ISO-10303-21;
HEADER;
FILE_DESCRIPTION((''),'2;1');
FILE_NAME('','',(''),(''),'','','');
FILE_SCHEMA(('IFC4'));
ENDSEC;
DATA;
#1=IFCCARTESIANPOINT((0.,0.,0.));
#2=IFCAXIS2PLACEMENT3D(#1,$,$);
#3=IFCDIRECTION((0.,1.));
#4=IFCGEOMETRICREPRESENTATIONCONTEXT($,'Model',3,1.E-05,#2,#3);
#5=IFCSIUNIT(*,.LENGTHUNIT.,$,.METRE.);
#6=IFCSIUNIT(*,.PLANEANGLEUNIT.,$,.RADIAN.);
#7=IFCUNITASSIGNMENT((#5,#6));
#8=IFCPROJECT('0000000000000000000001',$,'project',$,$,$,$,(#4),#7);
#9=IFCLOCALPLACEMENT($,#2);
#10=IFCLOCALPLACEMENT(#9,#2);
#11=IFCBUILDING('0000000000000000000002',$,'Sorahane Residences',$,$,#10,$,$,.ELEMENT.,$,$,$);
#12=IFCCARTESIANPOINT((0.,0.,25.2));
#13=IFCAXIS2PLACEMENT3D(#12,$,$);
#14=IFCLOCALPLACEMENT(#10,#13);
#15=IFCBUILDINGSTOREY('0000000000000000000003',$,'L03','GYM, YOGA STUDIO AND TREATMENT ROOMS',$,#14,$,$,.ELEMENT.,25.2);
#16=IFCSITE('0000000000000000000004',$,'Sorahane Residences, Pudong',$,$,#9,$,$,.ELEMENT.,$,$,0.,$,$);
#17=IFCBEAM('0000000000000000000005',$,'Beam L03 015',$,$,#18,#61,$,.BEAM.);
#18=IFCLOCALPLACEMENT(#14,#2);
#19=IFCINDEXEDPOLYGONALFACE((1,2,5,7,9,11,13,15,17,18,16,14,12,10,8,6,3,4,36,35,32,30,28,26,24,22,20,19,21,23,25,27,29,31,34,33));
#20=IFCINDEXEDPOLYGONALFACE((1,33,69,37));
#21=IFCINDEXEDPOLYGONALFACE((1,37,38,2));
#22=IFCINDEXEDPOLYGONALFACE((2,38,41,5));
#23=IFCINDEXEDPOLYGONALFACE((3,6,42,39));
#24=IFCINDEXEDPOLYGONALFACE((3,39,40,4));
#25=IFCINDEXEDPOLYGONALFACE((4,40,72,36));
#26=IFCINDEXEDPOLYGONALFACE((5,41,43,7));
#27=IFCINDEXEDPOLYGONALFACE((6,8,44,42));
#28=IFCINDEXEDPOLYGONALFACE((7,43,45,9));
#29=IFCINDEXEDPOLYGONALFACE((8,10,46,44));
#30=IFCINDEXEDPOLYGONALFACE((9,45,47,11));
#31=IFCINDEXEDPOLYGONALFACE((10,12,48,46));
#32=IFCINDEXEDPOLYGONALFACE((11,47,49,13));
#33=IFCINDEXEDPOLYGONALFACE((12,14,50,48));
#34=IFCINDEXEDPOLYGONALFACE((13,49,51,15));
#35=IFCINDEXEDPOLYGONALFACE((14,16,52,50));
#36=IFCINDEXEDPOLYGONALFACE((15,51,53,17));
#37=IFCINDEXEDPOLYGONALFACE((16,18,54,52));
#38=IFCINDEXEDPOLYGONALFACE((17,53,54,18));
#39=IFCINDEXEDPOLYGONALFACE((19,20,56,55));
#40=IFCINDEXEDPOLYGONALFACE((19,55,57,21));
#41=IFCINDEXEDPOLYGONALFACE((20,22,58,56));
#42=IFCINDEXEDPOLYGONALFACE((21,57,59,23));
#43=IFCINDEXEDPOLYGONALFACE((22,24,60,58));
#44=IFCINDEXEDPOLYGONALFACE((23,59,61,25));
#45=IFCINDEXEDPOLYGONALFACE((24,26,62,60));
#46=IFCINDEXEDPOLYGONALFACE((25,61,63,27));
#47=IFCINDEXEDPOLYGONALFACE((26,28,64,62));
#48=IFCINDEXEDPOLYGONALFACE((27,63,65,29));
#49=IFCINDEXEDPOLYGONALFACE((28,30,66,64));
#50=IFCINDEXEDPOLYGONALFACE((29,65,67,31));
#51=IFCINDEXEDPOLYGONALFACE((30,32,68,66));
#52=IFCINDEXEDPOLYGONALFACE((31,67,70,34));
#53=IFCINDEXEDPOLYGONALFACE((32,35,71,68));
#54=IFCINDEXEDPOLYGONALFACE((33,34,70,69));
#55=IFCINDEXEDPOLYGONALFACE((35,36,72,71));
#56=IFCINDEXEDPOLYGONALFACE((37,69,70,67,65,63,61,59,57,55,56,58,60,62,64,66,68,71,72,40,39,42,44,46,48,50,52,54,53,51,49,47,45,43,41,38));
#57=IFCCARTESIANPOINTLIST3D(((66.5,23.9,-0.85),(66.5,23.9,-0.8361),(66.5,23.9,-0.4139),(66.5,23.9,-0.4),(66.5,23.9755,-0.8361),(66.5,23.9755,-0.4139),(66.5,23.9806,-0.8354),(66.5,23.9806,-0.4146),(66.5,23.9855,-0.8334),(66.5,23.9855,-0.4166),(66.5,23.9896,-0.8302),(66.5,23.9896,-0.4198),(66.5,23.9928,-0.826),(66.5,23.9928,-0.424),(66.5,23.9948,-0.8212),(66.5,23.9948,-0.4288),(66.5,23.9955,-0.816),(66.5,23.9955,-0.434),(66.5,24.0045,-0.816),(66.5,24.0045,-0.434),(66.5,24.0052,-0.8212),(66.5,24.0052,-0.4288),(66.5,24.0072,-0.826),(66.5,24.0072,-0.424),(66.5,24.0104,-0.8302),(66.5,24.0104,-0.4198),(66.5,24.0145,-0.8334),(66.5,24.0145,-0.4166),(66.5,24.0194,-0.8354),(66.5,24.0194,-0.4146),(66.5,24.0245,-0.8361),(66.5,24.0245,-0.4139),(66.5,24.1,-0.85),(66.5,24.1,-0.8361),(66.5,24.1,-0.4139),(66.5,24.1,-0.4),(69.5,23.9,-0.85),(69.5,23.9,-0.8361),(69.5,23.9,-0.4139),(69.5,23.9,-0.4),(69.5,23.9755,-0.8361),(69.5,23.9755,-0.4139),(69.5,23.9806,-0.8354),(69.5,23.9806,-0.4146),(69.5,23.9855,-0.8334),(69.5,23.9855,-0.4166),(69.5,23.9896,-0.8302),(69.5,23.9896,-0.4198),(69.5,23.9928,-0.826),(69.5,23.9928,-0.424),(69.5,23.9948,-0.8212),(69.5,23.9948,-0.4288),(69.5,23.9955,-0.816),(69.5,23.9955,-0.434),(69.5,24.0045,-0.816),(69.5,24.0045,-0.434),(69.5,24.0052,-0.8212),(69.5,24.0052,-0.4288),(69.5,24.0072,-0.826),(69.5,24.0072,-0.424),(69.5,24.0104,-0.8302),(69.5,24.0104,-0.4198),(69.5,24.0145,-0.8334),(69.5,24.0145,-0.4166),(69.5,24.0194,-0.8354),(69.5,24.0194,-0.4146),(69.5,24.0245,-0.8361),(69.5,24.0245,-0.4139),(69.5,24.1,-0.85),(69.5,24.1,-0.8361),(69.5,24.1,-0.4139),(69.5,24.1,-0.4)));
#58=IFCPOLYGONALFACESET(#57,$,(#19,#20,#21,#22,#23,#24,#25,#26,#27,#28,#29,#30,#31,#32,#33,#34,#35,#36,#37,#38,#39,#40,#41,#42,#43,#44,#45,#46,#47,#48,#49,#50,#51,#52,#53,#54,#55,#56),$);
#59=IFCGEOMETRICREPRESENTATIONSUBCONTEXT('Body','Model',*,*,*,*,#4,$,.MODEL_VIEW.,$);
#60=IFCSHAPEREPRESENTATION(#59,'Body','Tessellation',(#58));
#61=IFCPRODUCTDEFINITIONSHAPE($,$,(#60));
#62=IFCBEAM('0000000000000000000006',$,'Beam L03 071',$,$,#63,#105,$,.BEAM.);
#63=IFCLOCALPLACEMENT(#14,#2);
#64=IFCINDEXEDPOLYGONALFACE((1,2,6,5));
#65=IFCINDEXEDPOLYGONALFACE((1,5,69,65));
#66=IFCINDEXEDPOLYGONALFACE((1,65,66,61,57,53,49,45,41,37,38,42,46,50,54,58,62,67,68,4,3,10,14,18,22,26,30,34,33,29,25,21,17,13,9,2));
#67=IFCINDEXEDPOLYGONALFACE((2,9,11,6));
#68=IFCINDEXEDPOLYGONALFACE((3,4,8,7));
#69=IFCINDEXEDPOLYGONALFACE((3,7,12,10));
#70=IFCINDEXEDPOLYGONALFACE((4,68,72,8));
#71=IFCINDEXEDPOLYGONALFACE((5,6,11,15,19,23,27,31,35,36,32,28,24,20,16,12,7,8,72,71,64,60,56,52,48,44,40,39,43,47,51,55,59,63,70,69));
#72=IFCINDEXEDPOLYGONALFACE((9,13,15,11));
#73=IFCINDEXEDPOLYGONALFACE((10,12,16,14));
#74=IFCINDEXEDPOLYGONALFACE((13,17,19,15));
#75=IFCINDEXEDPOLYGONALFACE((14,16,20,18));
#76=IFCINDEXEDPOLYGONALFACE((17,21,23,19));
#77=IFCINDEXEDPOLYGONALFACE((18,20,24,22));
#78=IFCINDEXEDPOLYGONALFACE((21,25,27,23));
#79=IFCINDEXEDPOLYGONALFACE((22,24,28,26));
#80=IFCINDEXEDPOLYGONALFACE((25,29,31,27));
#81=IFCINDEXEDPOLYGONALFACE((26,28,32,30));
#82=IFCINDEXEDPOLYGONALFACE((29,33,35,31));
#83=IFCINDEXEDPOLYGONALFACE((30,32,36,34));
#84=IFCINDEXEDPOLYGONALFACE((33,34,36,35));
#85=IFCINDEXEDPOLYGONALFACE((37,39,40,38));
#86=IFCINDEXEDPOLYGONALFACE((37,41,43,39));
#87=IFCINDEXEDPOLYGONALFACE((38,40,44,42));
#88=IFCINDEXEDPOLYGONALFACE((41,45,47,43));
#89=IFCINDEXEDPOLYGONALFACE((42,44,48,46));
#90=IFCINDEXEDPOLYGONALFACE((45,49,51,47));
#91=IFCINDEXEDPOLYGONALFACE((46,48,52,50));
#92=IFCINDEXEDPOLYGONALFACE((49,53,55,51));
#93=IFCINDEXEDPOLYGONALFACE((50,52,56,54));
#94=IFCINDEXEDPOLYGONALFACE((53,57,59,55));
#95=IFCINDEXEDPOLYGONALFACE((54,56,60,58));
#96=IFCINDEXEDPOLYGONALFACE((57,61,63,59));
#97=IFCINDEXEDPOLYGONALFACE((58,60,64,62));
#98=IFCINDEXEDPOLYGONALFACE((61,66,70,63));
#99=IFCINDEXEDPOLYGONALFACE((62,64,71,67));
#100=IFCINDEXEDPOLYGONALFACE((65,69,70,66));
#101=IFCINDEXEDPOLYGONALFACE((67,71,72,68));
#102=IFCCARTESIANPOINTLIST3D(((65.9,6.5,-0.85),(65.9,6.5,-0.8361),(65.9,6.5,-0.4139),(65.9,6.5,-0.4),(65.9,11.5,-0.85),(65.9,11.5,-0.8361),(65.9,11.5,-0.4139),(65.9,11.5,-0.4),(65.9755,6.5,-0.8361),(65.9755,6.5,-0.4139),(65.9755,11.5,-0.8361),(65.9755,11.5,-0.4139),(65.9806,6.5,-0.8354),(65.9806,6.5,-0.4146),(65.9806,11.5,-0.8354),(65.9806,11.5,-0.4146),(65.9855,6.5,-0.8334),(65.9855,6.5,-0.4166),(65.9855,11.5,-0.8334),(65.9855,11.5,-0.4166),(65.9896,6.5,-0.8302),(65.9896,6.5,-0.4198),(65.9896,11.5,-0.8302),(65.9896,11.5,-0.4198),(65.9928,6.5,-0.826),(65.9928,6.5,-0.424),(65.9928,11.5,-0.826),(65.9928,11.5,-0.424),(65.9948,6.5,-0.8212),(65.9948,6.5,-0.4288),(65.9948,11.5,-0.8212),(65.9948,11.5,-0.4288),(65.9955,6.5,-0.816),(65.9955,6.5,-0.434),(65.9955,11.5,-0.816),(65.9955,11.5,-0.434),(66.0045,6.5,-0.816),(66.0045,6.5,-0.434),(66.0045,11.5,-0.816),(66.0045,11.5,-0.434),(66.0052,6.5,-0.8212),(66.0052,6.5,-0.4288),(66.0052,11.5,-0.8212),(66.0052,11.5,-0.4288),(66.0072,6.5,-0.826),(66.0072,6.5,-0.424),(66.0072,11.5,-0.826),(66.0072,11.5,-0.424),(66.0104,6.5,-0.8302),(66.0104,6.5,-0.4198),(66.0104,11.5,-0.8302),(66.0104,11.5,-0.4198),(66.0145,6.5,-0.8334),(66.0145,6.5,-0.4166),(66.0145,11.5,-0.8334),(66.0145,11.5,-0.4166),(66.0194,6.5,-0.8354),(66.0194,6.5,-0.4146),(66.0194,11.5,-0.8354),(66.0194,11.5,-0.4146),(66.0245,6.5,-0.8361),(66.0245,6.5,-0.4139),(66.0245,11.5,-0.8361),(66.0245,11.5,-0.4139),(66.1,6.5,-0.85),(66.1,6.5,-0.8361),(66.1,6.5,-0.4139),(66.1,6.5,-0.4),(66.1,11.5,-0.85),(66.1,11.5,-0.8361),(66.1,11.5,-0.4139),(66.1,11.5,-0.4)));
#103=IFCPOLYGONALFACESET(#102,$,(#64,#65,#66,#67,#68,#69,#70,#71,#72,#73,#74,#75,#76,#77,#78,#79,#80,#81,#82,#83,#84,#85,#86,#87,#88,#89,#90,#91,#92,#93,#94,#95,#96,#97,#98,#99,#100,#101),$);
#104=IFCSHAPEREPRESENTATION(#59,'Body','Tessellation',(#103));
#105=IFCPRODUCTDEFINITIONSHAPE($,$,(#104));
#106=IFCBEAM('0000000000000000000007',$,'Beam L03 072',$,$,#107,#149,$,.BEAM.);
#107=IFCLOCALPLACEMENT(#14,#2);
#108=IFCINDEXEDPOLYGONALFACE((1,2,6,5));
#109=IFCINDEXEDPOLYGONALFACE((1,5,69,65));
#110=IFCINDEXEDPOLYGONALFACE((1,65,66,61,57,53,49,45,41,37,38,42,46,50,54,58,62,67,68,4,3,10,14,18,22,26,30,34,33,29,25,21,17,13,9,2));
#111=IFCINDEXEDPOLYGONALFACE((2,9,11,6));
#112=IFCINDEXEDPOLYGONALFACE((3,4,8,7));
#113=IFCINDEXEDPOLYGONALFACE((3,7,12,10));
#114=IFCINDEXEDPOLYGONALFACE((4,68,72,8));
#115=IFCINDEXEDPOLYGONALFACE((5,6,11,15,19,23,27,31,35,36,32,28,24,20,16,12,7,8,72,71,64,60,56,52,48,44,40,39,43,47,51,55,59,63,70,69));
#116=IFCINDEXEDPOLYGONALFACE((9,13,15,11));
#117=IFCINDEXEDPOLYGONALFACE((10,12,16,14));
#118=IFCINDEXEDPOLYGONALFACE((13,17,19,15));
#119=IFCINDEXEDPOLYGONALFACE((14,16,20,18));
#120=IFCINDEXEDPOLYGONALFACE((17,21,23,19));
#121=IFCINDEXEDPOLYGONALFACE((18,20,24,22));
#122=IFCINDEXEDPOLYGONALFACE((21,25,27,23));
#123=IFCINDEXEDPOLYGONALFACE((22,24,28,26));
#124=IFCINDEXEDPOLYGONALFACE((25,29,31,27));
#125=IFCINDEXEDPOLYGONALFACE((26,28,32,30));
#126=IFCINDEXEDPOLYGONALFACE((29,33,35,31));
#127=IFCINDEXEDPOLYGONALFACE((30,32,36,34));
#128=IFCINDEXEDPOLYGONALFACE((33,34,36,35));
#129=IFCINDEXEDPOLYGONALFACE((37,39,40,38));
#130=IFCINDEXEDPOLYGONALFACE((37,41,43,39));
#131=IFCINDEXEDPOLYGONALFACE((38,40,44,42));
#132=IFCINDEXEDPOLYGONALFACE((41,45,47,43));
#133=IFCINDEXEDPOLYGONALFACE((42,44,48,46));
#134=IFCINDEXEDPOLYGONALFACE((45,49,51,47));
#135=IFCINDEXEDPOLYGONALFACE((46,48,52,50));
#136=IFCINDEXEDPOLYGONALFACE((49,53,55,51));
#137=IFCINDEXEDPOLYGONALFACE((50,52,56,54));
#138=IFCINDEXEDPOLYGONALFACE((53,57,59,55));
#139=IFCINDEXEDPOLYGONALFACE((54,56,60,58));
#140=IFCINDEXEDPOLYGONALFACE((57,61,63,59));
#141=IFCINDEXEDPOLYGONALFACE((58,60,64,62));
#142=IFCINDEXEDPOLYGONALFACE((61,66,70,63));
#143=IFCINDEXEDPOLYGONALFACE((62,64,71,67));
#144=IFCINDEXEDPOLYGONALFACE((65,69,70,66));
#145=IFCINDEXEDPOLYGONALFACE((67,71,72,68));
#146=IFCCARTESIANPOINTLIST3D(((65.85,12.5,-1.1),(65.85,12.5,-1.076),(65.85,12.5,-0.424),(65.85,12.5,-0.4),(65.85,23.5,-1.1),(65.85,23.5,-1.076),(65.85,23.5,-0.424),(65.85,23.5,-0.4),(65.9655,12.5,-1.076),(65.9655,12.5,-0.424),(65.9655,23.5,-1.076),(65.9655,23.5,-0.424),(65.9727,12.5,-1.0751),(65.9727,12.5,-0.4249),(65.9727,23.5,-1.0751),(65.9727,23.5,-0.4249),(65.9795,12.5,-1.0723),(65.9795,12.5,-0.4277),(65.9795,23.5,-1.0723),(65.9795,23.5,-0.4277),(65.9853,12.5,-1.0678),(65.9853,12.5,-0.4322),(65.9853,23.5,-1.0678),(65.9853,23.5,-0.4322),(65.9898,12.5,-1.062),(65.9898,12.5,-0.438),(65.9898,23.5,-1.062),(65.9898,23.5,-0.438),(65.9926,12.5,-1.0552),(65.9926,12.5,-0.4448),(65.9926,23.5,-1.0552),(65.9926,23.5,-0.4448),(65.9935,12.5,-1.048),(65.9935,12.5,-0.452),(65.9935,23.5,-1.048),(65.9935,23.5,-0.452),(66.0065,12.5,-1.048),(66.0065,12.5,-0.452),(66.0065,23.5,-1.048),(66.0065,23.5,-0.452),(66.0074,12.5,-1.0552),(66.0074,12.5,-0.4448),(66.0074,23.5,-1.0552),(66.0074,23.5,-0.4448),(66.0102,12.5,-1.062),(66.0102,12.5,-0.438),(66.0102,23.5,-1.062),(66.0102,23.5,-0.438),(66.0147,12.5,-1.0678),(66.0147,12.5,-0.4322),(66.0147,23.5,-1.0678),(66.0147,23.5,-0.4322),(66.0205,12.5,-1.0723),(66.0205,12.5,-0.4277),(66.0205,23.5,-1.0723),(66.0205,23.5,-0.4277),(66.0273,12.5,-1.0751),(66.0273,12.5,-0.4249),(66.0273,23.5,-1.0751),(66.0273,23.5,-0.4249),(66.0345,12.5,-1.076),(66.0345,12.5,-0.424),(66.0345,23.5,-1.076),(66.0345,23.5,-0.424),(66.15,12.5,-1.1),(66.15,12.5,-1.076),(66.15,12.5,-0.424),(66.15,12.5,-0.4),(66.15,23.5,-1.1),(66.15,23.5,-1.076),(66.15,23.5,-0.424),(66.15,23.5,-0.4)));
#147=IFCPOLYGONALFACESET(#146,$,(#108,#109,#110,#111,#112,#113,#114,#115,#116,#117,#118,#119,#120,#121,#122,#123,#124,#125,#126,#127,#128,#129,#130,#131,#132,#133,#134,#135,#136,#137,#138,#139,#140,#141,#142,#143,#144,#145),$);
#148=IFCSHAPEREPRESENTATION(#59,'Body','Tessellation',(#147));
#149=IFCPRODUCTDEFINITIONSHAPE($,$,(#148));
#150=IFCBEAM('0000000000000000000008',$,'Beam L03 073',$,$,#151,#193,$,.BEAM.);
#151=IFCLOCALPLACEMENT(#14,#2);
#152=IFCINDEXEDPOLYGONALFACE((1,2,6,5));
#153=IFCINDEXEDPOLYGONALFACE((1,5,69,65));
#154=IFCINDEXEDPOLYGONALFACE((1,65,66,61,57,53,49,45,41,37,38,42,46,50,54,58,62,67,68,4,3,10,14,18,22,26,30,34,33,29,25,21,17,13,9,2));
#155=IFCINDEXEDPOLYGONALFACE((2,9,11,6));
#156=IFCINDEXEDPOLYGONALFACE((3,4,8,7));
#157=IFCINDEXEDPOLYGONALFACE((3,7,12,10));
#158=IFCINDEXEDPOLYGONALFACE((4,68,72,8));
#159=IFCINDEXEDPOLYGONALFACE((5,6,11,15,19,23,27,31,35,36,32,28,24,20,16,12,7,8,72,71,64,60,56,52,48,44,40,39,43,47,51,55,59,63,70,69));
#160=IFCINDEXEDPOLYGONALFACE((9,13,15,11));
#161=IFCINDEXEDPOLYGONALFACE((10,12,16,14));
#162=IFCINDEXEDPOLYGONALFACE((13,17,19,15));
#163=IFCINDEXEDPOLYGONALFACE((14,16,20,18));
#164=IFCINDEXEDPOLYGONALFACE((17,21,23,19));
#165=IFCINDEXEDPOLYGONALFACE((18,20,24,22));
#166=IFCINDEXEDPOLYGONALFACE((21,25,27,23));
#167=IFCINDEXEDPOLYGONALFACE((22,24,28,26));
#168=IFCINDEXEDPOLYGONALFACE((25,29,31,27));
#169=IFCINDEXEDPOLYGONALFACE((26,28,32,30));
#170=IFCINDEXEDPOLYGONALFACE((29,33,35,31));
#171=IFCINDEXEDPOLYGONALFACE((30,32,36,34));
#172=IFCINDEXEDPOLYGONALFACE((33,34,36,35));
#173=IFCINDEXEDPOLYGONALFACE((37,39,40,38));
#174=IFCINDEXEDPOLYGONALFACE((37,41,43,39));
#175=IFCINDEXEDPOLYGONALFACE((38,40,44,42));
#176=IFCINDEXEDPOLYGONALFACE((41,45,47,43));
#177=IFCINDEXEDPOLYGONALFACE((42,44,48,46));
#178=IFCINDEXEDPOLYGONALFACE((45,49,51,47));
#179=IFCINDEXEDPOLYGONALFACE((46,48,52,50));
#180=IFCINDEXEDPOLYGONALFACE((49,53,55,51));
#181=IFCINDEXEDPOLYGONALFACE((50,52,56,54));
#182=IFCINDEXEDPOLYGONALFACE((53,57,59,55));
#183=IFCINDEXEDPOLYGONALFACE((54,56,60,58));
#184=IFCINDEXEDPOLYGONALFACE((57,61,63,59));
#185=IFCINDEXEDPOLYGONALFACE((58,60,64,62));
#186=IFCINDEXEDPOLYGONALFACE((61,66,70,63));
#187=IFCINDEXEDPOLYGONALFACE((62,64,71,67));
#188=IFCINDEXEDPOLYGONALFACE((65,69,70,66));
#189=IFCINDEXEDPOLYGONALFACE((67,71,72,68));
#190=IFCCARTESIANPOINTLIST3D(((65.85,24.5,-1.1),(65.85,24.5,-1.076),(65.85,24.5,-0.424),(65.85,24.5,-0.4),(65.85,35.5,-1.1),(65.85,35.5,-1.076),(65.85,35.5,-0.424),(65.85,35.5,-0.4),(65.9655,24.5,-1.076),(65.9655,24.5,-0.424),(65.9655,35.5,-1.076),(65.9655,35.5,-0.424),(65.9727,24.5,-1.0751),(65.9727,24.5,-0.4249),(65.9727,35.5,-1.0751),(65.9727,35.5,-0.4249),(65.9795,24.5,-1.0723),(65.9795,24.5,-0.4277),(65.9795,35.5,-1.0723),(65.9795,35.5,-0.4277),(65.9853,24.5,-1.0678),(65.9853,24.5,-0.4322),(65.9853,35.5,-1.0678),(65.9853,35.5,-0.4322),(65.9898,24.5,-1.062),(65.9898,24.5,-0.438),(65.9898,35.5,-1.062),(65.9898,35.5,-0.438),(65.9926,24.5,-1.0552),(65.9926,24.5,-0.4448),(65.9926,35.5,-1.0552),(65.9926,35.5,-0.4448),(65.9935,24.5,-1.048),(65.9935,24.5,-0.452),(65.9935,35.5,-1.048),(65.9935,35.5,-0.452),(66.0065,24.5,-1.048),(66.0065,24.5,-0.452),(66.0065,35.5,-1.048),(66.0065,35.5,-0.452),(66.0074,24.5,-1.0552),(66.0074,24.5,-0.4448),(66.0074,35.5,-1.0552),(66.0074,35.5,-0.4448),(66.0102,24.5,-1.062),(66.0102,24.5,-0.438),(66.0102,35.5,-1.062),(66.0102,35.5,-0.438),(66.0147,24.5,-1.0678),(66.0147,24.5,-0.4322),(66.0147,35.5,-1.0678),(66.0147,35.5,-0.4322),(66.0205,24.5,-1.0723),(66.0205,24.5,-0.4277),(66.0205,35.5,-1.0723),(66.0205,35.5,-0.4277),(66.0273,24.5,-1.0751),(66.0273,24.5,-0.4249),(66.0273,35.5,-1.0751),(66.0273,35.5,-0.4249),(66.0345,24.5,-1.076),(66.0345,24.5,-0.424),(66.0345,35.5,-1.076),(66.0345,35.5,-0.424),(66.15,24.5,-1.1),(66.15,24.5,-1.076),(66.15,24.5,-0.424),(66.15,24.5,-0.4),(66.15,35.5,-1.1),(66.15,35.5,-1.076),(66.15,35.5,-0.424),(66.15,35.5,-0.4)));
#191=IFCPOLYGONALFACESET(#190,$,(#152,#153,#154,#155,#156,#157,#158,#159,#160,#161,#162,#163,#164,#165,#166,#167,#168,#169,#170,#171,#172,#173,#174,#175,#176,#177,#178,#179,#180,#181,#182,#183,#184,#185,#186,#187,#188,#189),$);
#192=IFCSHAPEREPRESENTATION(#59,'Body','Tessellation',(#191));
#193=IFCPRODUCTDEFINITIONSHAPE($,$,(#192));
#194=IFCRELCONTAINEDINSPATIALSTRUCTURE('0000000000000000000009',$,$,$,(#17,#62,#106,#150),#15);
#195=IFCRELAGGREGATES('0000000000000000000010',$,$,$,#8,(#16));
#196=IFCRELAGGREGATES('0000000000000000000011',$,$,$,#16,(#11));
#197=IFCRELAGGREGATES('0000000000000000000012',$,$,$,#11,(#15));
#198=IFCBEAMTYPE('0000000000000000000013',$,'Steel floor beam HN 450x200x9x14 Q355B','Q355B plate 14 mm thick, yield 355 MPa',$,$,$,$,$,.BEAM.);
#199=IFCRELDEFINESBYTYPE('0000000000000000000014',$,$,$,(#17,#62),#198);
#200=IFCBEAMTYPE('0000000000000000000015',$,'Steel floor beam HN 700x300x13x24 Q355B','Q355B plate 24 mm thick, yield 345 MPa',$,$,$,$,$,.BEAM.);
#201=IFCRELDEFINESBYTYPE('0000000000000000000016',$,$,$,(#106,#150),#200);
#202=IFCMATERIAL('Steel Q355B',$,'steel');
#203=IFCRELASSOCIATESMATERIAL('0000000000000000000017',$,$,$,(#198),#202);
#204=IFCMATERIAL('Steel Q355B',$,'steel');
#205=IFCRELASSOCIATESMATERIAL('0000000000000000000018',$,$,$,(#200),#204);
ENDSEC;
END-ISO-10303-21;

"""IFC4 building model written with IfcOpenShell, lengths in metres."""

from ifc_helpers import new_model, si_unit, direction, frame, origin, origin_2d, place, context, subcontext, project, spatial, i_section, extrude, material, material_profile, profile_set, type_object, element, save


model = new_model("IFC4")

# Units and contexts
model_context = context("Model", 3, precision=1e-05, world=origin(), true_north=direction((0.0, 1.0)))
body_context = subcontext(model_context, "Body", "Model", "MODEL_VIEW")
ifc_project = project(units=[si_unit("LENGTHUNIT", "METRE"), si_unit("PLANEANGLEUNIT", "RADIAN")], contexts=[model_context])

# Site, building, storey
site_placement = place(None, origin())
site = spatial("IfcSite", under=ifc_project, at=site_placement, Name="Sorahane Residences, Pudong", CompositionType="ELEMENT", RefElevation=0.0)
building_placement = place(site_placement, origin())
building = spatial("IfcBuilding", under=site, at=building_placement, Name="Sorahane Residences", CompositionType="ELEMENT")
storey_placement = place(building_placement, frame((0.0, 0.0, 25.2)))
storey = spatial("IfcBuildingStorey", under=building, at=storey_placement, Name="L03", Description="GYM, YOGA STUDIO AND TREATMENT ROOMS", CompositionType="ELEMENT", Elevation=25.2)

# Beams
ifc_material_1 = material(Name="Steel Q355B", Category="steel")
ifc_material_profile_1 = material_profile(ifc_material_1, i_section(OverallWidth=0.2, OverallDepth=0.45, WebThickness=0.009, FlangeThickness=0.0139, FilletRadius=0.02, at=origin_2d()), Name="HN 450x200x9x14")
ifc_profile_set_1 = profile_set([ifc_material_profile_1], Name="Steel Q355B")
beam_type_1 = type_object("IfcBeamType", Name="Steel floor beam HN 450x200x9x14 Q355B", Description="Q355B plate 14 mm thick, yield 355 MPa", PredefinedType="BEAM", material=ifc_profile_set_1)
for number, where, z_axis, x_axis, name in (
    (1, (66.5, 24.0, -0.625), (1.0, 0.0, 0.0), (0.0, 1.0, 0.0), "Beam L03 015"),
):
    element("IfcBeam", number, at=place(storey_placement, frame(where, z_axis=z_axis, x_axis=x_axis)), inside=storey, type_object=beam_type_1, Name=name, PredefinedType="BEAM", context=body_context, shape_type="SweptSolid", body=[
        extrude(i_section(OverallWidth=0.2, OverallDepth=0.45, WebThickness=0.009, FlangeThickness=0.0139, FilletRadius=0.02, at=origin_2d()), origin(), (0.0, 0.0, 1.0), 3.0),
    ])
beam_placement = place(storey_placement, frame((66.0, 6.5, -0.625), z_axis=(0.0, 1.0, 0.0), x_axis=(-1.0, 0.0, 0.0)))
element("IfcBeam", 2, at=beam_placement, inside=storey, type_object=beam_type_1, Name="Beam L03 071", PredefinedType="BEAM", context=body_context, shape_type="SweptSolid", body=[
    extrude(i_section(OverallWidth=0.2, OverallDepth=0.45, WebThickness=0.009, FlangeThickness=0.0139, FilletRadius=0.02, at=origin_2d()), origin(), (0.0, 0.0, 1.0), 5.0),
])
ifc_material_2 = material(Name="Steel Q355B", Category="steel")
ifc_material_profile_2 = material_profile(ifc_material_2, i_section(OverallWidth=0.3, OverallDepth=0.7, WebThickness=0.0129, FlangeThickness=0.0239, FilletRadius=0.0281, at=origin_2d()), Name="HN 700x300x13x24")
ifc_profile_set_2 = profile_set([ifc_material_profile_2], Name="Steel Q355B")
beam_type_2 = type_object("IfcBeamType", Name="Steel floor beam HN 700x300x13x24 Q355B", Description="Q355B plate 24 mm thick, yield 345 MPa", PredefinedType="BEAM", material=ifc_profile_set_2)
for number, where, z_axis, x_axis, name in (
    (3, (66.0, 12.5, -0.75), (0.0, 1.0, 0.0), (-1.0, 0.0, 0.0), "Beam L03 072"),
    (4, (66.0, 24.5, -0.75), (0.0, 1.0, 0.0), (-1.0, 0.0, 0.0), "Beam L03 073"),
):
    element("IfcBeam", number, at=place(storey_placement, frame(where, z_axis=z_axis, x_axis=x_axis)), inside=storey, type_object=beam_type_2, Name=name, PredefinedType="BEAM", context=body_context, shape_type="SweptSolid", body=[
        extrude(i_section(OverallWidth=0.3, OverallDepth=0.7, WebThickness=0.0129, FlangeThickness=0.0239, FilletRadius=0.0281, at=origin_2d()), origin(), (0.0, 0.0, 1.0), 11.0),
    ])

save(model, "model.ifc")
